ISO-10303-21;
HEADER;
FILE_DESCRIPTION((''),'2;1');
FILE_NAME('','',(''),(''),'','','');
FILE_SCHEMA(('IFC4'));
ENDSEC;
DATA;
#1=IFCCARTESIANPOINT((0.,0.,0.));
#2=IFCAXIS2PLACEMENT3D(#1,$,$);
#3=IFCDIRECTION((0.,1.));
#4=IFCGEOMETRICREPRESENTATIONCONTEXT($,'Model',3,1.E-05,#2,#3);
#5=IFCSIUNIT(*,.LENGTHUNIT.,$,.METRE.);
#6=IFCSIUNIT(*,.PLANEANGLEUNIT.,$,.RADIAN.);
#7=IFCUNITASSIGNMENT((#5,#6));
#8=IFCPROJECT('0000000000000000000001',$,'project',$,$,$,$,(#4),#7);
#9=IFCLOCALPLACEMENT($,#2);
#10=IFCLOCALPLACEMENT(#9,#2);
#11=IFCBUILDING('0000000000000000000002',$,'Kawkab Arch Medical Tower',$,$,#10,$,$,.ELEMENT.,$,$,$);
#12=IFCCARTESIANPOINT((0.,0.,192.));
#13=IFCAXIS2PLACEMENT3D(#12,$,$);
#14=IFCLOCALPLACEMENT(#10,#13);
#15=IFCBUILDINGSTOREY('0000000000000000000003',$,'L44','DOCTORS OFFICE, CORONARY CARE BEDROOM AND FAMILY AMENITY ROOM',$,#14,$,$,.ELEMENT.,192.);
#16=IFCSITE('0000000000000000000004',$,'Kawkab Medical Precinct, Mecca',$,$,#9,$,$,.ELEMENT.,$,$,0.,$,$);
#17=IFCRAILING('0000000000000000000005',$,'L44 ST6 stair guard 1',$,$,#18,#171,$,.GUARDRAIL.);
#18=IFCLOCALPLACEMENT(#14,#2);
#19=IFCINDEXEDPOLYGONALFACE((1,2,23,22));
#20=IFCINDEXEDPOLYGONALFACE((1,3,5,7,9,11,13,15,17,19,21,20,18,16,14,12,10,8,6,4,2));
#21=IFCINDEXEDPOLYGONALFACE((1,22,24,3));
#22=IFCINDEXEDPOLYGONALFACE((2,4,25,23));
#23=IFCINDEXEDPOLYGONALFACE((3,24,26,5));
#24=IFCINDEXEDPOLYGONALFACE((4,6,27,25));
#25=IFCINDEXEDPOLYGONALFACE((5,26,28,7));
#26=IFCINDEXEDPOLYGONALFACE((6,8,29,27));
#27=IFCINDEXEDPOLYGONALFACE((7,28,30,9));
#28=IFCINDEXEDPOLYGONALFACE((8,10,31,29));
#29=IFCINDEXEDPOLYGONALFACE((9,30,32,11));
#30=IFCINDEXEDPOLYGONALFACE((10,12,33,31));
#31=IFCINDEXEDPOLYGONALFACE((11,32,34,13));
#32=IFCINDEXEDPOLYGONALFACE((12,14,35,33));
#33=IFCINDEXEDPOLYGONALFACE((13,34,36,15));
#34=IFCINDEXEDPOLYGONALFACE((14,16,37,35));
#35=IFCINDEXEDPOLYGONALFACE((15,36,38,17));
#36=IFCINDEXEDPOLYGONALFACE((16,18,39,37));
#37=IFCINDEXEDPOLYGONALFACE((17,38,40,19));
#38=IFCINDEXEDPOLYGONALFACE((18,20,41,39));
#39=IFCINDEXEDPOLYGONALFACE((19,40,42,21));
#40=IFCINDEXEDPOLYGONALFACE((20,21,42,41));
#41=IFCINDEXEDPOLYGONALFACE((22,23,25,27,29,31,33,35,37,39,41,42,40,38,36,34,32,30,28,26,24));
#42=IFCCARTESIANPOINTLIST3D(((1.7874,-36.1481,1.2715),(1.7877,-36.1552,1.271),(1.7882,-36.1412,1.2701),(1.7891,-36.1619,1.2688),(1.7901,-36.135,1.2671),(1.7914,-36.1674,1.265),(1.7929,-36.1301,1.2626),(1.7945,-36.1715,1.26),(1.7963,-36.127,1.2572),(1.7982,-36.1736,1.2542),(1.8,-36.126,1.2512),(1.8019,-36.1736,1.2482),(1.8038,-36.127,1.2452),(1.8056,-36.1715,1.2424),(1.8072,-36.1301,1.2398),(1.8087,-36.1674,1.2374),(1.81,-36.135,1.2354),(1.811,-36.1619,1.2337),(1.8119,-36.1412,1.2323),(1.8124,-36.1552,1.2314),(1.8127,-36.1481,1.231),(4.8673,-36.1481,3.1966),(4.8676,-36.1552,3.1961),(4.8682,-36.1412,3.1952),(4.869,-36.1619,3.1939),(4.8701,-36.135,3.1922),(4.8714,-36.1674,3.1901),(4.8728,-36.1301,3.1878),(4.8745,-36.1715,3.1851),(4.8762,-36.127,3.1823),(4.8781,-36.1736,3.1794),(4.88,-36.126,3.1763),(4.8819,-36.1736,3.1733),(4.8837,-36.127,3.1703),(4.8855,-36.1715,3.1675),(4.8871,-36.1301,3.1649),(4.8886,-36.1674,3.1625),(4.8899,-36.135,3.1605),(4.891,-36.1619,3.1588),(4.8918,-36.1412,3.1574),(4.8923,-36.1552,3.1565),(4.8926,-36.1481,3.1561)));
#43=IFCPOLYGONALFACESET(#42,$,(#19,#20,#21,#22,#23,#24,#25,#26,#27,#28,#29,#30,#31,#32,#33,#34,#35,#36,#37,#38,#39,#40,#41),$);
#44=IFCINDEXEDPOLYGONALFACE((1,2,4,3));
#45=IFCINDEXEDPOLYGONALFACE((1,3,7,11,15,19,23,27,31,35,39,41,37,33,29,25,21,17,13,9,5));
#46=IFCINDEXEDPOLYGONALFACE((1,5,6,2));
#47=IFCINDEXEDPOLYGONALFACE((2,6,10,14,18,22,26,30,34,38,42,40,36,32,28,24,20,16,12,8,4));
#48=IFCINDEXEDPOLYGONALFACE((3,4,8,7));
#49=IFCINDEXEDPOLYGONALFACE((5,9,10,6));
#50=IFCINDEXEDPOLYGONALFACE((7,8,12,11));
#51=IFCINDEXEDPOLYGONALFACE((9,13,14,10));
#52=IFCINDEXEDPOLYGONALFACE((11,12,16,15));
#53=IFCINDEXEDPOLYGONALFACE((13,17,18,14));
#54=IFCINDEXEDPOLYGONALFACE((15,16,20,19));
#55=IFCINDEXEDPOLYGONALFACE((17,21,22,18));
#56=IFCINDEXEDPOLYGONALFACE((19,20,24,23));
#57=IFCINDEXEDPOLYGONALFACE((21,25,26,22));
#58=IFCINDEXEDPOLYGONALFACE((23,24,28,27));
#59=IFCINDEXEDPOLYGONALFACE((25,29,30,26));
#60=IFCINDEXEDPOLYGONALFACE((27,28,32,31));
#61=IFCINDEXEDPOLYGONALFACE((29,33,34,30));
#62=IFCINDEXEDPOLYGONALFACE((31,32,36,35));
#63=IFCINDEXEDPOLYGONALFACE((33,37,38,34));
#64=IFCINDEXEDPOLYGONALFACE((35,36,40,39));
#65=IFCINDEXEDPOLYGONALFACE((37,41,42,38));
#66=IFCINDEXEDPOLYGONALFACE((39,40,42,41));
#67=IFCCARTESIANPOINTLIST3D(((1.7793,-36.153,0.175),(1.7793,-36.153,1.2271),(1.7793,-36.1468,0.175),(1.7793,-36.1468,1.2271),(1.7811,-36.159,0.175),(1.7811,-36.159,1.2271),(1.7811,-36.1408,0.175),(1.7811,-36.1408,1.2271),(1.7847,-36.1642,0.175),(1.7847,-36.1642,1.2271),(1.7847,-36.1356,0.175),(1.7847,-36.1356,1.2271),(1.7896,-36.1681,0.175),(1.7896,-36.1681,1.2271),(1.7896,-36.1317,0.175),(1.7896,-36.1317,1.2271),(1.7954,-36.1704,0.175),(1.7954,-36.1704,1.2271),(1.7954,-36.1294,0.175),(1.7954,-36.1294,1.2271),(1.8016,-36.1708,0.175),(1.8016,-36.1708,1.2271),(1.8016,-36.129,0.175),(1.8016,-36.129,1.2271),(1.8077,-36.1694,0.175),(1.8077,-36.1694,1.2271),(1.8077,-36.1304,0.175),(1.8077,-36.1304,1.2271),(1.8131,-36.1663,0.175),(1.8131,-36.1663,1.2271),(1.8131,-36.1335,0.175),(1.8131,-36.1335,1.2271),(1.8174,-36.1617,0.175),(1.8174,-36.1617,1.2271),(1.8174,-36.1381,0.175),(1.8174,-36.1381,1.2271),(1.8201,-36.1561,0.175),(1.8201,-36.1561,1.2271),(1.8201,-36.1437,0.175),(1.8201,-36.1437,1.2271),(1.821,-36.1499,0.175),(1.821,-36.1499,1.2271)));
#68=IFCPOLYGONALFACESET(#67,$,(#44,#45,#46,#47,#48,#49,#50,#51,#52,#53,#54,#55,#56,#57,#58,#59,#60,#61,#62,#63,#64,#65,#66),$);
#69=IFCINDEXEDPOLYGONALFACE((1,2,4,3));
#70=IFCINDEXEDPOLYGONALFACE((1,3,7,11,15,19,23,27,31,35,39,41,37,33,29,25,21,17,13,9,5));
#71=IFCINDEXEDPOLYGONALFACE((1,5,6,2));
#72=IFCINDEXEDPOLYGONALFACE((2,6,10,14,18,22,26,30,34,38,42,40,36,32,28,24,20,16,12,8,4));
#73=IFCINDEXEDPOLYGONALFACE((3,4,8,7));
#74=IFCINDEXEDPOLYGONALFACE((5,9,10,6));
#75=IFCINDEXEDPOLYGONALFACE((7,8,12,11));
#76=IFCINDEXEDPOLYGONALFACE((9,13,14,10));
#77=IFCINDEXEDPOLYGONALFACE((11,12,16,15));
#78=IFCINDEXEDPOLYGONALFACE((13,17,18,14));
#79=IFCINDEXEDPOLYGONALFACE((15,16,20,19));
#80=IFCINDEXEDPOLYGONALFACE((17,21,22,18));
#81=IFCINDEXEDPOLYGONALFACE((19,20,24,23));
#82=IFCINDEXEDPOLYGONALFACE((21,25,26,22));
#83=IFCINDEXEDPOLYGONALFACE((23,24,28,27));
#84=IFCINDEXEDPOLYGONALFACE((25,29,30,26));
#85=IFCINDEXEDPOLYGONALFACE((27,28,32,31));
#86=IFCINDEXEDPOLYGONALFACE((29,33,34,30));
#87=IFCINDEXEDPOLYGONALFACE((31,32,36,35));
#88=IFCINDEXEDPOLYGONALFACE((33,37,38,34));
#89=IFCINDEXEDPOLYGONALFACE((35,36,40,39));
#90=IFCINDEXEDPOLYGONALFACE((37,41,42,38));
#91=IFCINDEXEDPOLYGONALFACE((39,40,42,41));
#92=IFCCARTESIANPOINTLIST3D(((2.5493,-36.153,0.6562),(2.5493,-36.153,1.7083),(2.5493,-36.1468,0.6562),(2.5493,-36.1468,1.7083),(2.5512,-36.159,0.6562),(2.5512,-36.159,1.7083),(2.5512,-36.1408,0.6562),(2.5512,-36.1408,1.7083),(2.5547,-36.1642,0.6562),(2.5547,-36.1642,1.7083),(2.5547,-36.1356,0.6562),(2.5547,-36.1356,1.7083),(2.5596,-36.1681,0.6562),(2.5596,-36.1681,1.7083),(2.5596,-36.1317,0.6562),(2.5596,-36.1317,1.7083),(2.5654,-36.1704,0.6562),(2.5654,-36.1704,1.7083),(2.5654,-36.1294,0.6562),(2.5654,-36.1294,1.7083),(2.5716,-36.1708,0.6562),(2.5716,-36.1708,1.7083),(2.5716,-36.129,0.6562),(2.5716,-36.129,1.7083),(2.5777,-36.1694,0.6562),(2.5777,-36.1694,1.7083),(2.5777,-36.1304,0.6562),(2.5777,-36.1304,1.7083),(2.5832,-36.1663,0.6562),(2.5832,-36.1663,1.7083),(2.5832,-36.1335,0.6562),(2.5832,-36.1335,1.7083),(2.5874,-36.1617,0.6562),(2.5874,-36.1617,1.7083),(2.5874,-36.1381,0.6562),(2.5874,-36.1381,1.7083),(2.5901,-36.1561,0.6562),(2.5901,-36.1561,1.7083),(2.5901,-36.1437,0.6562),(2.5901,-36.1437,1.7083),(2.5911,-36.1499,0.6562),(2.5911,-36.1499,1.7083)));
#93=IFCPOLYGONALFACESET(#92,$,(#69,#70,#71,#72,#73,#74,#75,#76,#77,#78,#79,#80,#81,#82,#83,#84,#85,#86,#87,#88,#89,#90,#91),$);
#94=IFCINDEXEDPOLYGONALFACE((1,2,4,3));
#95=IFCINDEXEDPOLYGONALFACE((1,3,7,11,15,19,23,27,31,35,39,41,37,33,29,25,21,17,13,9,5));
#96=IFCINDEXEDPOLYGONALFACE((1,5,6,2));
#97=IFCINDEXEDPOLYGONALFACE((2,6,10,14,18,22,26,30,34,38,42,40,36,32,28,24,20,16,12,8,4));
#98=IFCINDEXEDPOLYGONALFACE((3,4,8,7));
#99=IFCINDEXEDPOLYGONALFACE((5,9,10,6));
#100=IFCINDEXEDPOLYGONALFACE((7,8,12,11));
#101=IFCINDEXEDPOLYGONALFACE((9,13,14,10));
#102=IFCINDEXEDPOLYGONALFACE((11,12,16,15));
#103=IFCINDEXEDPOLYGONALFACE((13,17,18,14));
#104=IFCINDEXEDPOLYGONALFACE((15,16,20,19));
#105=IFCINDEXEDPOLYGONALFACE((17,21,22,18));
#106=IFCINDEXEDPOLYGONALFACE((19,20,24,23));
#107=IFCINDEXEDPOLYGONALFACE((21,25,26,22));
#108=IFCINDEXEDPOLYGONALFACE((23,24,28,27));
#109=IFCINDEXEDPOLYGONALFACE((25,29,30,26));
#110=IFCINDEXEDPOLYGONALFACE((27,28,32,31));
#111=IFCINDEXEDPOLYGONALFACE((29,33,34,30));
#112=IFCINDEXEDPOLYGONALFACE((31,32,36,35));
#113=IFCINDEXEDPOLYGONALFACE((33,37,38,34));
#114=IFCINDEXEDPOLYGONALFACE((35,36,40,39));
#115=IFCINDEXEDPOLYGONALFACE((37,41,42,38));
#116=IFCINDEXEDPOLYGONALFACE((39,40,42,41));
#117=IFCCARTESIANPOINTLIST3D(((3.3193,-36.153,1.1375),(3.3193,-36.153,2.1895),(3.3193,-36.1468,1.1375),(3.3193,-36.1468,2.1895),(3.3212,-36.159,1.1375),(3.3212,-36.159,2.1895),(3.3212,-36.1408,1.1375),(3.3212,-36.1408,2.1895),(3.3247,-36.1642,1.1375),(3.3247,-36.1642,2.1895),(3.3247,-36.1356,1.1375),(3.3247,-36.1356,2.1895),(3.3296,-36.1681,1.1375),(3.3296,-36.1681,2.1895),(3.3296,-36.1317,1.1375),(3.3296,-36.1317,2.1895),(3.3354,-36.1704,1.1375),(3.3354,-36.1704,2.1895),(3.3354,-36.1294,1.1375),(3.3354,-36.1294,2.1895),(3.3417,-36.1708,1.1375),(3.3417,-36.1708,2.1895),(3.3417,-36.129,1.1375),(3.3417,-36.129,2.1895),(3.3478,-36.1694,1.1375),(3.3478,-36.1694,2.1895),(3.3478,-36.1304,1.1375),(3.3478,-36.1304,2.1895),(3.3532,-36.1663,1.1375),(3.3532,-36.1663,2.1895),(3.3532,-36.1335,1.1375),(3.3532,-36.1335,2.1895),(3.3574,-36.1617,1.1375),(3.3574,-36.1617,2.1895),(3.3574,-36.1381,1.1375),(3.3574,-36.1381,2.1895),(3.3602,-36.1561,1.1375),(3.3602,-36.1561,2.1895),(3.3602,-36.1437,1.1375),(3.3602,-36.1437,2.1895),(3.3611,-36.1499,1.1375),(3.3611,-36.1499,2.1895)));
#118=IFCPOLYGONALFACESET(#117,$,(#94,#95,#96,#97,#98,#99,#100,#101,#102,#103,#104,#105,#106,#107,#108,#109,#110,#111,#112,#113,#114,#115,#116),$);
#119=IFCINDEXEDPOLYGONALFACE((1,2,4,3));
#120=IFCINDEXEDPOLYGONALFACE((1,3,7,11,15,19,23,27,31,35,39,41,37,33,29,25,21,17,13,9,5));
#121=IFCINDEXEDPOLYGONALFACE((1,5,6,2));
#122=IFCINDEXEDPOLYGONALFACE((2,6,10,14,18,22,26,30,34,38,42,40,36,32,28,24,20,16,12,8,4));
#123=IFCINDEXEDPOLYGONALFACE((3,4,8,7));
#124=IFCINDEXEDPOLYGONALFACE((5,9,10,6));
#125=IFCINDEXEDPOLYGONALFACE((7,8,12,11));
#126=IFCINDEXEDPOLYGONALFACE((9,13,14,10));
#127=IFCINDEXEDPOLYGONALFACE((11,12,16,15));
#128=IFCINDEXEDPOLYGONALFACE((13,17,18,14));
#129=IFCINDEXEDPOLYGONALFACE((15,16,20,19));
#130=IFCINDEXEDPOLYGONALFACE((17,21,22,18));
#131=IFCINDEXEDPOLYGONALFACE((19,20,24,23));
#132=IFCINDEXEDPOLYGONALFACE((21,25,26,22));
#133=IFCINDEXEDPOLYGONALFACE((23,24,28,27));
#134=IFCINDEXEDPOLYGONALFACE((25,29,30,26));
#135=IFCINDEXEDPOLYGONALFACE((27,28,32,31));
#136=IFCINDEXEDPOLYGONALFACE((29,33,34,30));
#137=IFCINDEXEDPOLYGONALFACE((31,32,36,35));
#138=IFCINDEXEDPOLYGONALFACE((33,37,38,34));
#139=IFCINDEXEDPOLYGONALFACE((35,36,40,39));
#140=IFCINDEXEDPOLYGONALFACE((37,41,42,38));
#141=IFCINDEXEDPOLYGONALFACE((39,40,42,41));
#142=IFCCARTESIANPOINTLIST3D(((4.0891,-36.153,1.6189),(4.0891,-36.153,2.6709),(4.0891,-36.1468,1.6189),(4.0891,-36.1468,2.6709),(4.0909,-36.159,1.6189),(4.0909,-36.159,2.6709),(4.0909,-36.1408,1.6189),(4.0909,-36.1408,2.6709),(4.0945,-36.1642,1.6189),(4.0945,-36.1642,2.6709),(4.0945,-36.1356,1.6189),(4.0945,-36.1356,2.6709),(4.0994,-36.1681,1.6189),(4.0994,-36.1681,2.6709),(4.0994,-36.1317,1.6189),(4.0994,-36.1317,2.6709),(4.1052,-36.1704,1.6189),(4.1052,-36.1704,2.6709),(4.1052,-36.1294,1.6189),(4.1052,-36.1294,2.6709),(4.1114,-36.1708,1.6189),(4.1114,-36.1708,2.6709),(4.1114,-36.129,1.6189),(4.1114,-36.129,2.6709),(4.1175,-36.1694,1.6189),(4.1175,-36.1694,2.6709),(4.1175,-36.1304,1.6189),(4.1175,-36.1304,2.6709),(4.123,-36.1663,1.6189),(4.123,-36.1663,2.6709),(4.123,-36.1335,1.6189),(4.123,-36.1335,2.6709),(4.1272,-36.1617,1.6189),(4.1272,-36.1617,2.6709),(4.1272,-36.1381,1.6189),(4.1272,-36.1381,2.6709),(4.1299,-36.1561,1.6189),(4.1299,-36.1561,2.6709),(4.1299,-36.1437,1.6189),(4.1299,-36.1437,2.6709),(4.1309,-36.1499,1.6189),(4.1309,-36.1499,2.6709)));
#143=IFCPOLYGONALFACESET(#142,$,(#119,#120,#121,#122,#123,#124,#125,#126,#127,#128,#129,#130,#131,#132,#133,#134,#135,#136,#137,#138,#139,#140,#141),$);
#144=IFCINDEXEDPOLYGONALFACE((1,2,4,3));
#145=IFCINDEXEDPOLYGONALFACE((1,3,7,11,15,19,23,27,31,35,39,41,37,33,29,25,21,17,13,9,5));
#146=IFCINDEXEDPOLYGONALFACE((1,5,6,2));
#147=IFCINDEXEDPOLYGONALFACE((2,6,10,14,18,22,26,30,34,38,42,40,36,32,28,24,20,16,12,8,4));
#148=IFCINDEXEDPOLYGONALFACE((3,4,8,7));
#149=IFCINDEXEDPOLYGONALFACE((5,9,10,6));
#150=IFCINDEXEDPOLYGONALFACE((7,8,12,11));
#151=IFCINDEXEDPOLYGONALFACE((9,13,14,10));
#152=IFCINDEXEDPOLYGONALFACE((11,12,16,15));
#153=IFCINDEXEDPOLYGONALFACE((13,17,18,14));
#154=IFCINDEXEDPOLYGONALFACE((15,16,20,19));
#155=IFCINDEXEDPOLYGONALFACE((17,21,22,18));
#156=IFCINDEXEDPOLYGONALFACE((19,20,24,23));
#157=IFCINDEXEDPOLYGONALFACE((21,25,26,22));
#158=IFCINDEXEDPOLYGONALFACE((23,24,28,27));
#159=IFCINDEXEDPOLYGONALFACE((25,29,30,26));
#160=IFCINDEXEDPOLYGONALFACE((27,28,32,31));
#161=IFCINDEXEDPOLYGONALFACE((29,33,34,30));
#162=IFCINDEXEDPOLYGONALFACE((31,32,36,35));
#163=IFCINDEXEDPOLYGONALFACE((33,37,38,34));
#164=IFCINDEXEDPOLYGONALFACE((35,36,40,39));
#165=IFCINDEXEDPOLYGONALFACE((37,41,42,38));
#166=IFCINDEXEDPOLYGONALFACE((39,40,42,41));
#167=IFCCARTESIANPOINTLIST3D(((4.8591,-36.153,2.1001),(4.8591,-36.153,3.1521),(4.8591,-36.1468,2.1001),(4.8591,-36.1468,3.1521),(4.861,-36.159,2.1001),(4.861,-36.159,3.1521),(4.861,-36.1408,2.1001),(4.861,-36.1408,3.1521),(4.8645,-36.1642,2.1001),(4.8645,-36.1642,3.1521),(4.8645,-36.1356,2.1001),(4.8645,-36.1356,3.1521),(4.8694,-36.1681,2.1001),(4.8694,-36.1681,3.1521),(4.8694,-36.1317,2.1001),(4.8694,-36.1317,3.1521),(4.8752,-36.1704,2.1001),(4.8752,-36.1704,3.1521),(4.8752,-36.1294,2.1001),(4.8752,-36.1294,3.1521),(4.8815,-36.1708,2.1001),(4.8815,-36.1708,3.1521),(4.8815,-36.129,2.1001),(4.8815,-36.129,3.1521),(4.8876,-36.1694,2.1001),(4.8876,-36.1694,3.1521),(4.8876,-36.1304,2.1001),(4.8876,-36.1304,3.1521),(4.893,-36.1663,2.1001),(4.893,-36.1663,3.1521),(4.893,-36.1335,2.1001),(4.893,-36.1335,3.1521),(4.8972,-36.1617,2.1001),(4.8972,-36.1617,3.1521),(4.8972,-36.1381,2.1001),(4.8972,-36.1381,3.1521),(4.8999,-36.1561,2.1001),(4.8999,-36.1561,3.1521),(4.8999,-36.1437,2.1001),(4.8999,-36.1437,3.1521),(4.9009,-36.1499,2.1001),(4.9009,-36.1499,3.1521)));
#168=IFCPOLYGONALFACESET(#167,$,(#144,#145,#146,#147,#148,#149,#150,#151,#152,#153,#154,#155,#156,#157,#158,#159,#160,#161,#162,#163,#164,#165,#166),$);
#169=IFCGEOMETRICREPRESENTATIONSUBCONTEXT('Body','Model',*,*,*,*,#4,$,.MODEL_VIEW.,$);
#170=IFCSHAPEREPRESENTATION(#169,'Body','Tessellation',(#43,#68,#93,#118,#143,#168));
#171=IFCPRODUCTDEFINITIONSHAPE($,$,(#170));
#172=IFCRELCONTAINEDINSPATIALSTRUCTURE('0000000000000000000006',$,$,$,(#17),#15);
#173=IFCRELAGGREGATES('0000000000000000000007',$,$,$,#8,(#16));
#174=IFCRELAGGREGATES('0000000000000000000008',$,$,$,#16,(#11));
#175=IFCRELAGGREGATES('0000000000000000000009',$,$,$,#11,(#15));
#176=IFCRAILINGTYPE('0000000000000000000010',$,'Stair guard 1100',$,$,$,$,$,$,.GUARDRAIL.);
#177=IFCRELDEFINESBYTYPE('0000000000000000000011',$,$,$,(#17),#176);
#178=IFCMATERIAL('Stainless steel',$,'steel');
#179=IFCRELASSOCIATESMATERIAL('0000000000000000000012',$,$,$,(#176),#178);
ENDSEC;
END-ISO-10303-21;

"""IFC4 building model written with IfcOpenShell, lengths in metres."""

from ifc_helpers import new_model, si_unit, direction, frame, origin, origin_2d, place, context, subcontext, project, spatial, circle, extrude, material, type_object, element, save


model = new_model("IFC4")

# Units and contexts
model_context = context("Model", 3, precision=1e-05, world=origin(), true_north=direction((0.0, 1.0)))
body_context = subcontext(model_context, "Body", "Model", "MODEL_VIEW")
ifc_project = project(units=[si_unit("LENGTHUNIT", "METRE"), si_unit("PLANEANGLEUNIT", "RADIAN")], contexts=[model_context])

# Site, building, storey
site_placement = place(None, origin())
site = spatial("IfcSite", under=ifc_project, at=site_placement, Name="Kawkab Medical Precinct, Mecca", CompositionType="ELEMENT", RefElevation=0.0)
building_placement = place(site_placement, origin())
building = spatial("IfcBuilding", under=site, at=building_placement, Name="Kawkab Arch Medical Tower", CompositionType="ELEMENT")
storey_placement = place(building_placement, frame((0.0, 0.0, 192.0)))
storey = spatial("IfcBuildingStorey", under=building, at=storey_placement, Name="L44", Description="DOCTORS OFFICE, CORONARY CARE BEDROOM AND FAMILY AMENITY ROOM", CompositionType="ELEMENT", Elevation=192.0)

# Railing
ifc_material_1 = material(Name="Stainless steel", Category="steel")
railing_type = type_object("IfcRailingType", Name="Stair guard 1100", PredefinedType="GUARDRAIL", material=ifc_material_1)
railing_1_placement = place(storey_placement, frame((1.8, -36.1499, 0.175)))
element("IfcRailing", 1, at=railing_1_placement, inside=storey, type_object=railing_type, Name="L44 ST6 stair guard 1", PredefinedType="GUARDRAIL", context=body_context, shape_type="SweptSolid", body=[
    extrude(circle(Radius=0.0239, at=origin_2d()), frame((0.0, 0.0, 1.0762), z_axis=(0.847979, 0.0, 0.530029), x_axis=(0.0, 1.0, 0.0)), (0.0, 0.0, 1.0), 3.6321),
    extrude(circle(Radius=0.021, at=origin_2d()), origin(), (0.0, 0.0, 1.0), 1.052),
    extrude(circle(Radius=0.021, at=origin_2d()), frame((0.77, 0.0, 0.4812)), (0.0, 0.0, 1.0), 1.052),
    extrude(circle(Radius=0.021, at=origin_2d()), frame((1.54, 0.0, 0.9624)), (0.0, 0.0, 1.0), 1.052),
    extrude(circle(Radius=0.021, at=origin_2d()), frame((2.3098, 0.0, 1.4438)), (0.0, 0.0, 1.0), 1.052),
    extrude(circle(Radius=0.021, at=origin_2d()), frame((3.0798, 0.0, 1.925)), (0.0, 0.0, 1.0), 1.052),
])

save(model, "model.ifc")
